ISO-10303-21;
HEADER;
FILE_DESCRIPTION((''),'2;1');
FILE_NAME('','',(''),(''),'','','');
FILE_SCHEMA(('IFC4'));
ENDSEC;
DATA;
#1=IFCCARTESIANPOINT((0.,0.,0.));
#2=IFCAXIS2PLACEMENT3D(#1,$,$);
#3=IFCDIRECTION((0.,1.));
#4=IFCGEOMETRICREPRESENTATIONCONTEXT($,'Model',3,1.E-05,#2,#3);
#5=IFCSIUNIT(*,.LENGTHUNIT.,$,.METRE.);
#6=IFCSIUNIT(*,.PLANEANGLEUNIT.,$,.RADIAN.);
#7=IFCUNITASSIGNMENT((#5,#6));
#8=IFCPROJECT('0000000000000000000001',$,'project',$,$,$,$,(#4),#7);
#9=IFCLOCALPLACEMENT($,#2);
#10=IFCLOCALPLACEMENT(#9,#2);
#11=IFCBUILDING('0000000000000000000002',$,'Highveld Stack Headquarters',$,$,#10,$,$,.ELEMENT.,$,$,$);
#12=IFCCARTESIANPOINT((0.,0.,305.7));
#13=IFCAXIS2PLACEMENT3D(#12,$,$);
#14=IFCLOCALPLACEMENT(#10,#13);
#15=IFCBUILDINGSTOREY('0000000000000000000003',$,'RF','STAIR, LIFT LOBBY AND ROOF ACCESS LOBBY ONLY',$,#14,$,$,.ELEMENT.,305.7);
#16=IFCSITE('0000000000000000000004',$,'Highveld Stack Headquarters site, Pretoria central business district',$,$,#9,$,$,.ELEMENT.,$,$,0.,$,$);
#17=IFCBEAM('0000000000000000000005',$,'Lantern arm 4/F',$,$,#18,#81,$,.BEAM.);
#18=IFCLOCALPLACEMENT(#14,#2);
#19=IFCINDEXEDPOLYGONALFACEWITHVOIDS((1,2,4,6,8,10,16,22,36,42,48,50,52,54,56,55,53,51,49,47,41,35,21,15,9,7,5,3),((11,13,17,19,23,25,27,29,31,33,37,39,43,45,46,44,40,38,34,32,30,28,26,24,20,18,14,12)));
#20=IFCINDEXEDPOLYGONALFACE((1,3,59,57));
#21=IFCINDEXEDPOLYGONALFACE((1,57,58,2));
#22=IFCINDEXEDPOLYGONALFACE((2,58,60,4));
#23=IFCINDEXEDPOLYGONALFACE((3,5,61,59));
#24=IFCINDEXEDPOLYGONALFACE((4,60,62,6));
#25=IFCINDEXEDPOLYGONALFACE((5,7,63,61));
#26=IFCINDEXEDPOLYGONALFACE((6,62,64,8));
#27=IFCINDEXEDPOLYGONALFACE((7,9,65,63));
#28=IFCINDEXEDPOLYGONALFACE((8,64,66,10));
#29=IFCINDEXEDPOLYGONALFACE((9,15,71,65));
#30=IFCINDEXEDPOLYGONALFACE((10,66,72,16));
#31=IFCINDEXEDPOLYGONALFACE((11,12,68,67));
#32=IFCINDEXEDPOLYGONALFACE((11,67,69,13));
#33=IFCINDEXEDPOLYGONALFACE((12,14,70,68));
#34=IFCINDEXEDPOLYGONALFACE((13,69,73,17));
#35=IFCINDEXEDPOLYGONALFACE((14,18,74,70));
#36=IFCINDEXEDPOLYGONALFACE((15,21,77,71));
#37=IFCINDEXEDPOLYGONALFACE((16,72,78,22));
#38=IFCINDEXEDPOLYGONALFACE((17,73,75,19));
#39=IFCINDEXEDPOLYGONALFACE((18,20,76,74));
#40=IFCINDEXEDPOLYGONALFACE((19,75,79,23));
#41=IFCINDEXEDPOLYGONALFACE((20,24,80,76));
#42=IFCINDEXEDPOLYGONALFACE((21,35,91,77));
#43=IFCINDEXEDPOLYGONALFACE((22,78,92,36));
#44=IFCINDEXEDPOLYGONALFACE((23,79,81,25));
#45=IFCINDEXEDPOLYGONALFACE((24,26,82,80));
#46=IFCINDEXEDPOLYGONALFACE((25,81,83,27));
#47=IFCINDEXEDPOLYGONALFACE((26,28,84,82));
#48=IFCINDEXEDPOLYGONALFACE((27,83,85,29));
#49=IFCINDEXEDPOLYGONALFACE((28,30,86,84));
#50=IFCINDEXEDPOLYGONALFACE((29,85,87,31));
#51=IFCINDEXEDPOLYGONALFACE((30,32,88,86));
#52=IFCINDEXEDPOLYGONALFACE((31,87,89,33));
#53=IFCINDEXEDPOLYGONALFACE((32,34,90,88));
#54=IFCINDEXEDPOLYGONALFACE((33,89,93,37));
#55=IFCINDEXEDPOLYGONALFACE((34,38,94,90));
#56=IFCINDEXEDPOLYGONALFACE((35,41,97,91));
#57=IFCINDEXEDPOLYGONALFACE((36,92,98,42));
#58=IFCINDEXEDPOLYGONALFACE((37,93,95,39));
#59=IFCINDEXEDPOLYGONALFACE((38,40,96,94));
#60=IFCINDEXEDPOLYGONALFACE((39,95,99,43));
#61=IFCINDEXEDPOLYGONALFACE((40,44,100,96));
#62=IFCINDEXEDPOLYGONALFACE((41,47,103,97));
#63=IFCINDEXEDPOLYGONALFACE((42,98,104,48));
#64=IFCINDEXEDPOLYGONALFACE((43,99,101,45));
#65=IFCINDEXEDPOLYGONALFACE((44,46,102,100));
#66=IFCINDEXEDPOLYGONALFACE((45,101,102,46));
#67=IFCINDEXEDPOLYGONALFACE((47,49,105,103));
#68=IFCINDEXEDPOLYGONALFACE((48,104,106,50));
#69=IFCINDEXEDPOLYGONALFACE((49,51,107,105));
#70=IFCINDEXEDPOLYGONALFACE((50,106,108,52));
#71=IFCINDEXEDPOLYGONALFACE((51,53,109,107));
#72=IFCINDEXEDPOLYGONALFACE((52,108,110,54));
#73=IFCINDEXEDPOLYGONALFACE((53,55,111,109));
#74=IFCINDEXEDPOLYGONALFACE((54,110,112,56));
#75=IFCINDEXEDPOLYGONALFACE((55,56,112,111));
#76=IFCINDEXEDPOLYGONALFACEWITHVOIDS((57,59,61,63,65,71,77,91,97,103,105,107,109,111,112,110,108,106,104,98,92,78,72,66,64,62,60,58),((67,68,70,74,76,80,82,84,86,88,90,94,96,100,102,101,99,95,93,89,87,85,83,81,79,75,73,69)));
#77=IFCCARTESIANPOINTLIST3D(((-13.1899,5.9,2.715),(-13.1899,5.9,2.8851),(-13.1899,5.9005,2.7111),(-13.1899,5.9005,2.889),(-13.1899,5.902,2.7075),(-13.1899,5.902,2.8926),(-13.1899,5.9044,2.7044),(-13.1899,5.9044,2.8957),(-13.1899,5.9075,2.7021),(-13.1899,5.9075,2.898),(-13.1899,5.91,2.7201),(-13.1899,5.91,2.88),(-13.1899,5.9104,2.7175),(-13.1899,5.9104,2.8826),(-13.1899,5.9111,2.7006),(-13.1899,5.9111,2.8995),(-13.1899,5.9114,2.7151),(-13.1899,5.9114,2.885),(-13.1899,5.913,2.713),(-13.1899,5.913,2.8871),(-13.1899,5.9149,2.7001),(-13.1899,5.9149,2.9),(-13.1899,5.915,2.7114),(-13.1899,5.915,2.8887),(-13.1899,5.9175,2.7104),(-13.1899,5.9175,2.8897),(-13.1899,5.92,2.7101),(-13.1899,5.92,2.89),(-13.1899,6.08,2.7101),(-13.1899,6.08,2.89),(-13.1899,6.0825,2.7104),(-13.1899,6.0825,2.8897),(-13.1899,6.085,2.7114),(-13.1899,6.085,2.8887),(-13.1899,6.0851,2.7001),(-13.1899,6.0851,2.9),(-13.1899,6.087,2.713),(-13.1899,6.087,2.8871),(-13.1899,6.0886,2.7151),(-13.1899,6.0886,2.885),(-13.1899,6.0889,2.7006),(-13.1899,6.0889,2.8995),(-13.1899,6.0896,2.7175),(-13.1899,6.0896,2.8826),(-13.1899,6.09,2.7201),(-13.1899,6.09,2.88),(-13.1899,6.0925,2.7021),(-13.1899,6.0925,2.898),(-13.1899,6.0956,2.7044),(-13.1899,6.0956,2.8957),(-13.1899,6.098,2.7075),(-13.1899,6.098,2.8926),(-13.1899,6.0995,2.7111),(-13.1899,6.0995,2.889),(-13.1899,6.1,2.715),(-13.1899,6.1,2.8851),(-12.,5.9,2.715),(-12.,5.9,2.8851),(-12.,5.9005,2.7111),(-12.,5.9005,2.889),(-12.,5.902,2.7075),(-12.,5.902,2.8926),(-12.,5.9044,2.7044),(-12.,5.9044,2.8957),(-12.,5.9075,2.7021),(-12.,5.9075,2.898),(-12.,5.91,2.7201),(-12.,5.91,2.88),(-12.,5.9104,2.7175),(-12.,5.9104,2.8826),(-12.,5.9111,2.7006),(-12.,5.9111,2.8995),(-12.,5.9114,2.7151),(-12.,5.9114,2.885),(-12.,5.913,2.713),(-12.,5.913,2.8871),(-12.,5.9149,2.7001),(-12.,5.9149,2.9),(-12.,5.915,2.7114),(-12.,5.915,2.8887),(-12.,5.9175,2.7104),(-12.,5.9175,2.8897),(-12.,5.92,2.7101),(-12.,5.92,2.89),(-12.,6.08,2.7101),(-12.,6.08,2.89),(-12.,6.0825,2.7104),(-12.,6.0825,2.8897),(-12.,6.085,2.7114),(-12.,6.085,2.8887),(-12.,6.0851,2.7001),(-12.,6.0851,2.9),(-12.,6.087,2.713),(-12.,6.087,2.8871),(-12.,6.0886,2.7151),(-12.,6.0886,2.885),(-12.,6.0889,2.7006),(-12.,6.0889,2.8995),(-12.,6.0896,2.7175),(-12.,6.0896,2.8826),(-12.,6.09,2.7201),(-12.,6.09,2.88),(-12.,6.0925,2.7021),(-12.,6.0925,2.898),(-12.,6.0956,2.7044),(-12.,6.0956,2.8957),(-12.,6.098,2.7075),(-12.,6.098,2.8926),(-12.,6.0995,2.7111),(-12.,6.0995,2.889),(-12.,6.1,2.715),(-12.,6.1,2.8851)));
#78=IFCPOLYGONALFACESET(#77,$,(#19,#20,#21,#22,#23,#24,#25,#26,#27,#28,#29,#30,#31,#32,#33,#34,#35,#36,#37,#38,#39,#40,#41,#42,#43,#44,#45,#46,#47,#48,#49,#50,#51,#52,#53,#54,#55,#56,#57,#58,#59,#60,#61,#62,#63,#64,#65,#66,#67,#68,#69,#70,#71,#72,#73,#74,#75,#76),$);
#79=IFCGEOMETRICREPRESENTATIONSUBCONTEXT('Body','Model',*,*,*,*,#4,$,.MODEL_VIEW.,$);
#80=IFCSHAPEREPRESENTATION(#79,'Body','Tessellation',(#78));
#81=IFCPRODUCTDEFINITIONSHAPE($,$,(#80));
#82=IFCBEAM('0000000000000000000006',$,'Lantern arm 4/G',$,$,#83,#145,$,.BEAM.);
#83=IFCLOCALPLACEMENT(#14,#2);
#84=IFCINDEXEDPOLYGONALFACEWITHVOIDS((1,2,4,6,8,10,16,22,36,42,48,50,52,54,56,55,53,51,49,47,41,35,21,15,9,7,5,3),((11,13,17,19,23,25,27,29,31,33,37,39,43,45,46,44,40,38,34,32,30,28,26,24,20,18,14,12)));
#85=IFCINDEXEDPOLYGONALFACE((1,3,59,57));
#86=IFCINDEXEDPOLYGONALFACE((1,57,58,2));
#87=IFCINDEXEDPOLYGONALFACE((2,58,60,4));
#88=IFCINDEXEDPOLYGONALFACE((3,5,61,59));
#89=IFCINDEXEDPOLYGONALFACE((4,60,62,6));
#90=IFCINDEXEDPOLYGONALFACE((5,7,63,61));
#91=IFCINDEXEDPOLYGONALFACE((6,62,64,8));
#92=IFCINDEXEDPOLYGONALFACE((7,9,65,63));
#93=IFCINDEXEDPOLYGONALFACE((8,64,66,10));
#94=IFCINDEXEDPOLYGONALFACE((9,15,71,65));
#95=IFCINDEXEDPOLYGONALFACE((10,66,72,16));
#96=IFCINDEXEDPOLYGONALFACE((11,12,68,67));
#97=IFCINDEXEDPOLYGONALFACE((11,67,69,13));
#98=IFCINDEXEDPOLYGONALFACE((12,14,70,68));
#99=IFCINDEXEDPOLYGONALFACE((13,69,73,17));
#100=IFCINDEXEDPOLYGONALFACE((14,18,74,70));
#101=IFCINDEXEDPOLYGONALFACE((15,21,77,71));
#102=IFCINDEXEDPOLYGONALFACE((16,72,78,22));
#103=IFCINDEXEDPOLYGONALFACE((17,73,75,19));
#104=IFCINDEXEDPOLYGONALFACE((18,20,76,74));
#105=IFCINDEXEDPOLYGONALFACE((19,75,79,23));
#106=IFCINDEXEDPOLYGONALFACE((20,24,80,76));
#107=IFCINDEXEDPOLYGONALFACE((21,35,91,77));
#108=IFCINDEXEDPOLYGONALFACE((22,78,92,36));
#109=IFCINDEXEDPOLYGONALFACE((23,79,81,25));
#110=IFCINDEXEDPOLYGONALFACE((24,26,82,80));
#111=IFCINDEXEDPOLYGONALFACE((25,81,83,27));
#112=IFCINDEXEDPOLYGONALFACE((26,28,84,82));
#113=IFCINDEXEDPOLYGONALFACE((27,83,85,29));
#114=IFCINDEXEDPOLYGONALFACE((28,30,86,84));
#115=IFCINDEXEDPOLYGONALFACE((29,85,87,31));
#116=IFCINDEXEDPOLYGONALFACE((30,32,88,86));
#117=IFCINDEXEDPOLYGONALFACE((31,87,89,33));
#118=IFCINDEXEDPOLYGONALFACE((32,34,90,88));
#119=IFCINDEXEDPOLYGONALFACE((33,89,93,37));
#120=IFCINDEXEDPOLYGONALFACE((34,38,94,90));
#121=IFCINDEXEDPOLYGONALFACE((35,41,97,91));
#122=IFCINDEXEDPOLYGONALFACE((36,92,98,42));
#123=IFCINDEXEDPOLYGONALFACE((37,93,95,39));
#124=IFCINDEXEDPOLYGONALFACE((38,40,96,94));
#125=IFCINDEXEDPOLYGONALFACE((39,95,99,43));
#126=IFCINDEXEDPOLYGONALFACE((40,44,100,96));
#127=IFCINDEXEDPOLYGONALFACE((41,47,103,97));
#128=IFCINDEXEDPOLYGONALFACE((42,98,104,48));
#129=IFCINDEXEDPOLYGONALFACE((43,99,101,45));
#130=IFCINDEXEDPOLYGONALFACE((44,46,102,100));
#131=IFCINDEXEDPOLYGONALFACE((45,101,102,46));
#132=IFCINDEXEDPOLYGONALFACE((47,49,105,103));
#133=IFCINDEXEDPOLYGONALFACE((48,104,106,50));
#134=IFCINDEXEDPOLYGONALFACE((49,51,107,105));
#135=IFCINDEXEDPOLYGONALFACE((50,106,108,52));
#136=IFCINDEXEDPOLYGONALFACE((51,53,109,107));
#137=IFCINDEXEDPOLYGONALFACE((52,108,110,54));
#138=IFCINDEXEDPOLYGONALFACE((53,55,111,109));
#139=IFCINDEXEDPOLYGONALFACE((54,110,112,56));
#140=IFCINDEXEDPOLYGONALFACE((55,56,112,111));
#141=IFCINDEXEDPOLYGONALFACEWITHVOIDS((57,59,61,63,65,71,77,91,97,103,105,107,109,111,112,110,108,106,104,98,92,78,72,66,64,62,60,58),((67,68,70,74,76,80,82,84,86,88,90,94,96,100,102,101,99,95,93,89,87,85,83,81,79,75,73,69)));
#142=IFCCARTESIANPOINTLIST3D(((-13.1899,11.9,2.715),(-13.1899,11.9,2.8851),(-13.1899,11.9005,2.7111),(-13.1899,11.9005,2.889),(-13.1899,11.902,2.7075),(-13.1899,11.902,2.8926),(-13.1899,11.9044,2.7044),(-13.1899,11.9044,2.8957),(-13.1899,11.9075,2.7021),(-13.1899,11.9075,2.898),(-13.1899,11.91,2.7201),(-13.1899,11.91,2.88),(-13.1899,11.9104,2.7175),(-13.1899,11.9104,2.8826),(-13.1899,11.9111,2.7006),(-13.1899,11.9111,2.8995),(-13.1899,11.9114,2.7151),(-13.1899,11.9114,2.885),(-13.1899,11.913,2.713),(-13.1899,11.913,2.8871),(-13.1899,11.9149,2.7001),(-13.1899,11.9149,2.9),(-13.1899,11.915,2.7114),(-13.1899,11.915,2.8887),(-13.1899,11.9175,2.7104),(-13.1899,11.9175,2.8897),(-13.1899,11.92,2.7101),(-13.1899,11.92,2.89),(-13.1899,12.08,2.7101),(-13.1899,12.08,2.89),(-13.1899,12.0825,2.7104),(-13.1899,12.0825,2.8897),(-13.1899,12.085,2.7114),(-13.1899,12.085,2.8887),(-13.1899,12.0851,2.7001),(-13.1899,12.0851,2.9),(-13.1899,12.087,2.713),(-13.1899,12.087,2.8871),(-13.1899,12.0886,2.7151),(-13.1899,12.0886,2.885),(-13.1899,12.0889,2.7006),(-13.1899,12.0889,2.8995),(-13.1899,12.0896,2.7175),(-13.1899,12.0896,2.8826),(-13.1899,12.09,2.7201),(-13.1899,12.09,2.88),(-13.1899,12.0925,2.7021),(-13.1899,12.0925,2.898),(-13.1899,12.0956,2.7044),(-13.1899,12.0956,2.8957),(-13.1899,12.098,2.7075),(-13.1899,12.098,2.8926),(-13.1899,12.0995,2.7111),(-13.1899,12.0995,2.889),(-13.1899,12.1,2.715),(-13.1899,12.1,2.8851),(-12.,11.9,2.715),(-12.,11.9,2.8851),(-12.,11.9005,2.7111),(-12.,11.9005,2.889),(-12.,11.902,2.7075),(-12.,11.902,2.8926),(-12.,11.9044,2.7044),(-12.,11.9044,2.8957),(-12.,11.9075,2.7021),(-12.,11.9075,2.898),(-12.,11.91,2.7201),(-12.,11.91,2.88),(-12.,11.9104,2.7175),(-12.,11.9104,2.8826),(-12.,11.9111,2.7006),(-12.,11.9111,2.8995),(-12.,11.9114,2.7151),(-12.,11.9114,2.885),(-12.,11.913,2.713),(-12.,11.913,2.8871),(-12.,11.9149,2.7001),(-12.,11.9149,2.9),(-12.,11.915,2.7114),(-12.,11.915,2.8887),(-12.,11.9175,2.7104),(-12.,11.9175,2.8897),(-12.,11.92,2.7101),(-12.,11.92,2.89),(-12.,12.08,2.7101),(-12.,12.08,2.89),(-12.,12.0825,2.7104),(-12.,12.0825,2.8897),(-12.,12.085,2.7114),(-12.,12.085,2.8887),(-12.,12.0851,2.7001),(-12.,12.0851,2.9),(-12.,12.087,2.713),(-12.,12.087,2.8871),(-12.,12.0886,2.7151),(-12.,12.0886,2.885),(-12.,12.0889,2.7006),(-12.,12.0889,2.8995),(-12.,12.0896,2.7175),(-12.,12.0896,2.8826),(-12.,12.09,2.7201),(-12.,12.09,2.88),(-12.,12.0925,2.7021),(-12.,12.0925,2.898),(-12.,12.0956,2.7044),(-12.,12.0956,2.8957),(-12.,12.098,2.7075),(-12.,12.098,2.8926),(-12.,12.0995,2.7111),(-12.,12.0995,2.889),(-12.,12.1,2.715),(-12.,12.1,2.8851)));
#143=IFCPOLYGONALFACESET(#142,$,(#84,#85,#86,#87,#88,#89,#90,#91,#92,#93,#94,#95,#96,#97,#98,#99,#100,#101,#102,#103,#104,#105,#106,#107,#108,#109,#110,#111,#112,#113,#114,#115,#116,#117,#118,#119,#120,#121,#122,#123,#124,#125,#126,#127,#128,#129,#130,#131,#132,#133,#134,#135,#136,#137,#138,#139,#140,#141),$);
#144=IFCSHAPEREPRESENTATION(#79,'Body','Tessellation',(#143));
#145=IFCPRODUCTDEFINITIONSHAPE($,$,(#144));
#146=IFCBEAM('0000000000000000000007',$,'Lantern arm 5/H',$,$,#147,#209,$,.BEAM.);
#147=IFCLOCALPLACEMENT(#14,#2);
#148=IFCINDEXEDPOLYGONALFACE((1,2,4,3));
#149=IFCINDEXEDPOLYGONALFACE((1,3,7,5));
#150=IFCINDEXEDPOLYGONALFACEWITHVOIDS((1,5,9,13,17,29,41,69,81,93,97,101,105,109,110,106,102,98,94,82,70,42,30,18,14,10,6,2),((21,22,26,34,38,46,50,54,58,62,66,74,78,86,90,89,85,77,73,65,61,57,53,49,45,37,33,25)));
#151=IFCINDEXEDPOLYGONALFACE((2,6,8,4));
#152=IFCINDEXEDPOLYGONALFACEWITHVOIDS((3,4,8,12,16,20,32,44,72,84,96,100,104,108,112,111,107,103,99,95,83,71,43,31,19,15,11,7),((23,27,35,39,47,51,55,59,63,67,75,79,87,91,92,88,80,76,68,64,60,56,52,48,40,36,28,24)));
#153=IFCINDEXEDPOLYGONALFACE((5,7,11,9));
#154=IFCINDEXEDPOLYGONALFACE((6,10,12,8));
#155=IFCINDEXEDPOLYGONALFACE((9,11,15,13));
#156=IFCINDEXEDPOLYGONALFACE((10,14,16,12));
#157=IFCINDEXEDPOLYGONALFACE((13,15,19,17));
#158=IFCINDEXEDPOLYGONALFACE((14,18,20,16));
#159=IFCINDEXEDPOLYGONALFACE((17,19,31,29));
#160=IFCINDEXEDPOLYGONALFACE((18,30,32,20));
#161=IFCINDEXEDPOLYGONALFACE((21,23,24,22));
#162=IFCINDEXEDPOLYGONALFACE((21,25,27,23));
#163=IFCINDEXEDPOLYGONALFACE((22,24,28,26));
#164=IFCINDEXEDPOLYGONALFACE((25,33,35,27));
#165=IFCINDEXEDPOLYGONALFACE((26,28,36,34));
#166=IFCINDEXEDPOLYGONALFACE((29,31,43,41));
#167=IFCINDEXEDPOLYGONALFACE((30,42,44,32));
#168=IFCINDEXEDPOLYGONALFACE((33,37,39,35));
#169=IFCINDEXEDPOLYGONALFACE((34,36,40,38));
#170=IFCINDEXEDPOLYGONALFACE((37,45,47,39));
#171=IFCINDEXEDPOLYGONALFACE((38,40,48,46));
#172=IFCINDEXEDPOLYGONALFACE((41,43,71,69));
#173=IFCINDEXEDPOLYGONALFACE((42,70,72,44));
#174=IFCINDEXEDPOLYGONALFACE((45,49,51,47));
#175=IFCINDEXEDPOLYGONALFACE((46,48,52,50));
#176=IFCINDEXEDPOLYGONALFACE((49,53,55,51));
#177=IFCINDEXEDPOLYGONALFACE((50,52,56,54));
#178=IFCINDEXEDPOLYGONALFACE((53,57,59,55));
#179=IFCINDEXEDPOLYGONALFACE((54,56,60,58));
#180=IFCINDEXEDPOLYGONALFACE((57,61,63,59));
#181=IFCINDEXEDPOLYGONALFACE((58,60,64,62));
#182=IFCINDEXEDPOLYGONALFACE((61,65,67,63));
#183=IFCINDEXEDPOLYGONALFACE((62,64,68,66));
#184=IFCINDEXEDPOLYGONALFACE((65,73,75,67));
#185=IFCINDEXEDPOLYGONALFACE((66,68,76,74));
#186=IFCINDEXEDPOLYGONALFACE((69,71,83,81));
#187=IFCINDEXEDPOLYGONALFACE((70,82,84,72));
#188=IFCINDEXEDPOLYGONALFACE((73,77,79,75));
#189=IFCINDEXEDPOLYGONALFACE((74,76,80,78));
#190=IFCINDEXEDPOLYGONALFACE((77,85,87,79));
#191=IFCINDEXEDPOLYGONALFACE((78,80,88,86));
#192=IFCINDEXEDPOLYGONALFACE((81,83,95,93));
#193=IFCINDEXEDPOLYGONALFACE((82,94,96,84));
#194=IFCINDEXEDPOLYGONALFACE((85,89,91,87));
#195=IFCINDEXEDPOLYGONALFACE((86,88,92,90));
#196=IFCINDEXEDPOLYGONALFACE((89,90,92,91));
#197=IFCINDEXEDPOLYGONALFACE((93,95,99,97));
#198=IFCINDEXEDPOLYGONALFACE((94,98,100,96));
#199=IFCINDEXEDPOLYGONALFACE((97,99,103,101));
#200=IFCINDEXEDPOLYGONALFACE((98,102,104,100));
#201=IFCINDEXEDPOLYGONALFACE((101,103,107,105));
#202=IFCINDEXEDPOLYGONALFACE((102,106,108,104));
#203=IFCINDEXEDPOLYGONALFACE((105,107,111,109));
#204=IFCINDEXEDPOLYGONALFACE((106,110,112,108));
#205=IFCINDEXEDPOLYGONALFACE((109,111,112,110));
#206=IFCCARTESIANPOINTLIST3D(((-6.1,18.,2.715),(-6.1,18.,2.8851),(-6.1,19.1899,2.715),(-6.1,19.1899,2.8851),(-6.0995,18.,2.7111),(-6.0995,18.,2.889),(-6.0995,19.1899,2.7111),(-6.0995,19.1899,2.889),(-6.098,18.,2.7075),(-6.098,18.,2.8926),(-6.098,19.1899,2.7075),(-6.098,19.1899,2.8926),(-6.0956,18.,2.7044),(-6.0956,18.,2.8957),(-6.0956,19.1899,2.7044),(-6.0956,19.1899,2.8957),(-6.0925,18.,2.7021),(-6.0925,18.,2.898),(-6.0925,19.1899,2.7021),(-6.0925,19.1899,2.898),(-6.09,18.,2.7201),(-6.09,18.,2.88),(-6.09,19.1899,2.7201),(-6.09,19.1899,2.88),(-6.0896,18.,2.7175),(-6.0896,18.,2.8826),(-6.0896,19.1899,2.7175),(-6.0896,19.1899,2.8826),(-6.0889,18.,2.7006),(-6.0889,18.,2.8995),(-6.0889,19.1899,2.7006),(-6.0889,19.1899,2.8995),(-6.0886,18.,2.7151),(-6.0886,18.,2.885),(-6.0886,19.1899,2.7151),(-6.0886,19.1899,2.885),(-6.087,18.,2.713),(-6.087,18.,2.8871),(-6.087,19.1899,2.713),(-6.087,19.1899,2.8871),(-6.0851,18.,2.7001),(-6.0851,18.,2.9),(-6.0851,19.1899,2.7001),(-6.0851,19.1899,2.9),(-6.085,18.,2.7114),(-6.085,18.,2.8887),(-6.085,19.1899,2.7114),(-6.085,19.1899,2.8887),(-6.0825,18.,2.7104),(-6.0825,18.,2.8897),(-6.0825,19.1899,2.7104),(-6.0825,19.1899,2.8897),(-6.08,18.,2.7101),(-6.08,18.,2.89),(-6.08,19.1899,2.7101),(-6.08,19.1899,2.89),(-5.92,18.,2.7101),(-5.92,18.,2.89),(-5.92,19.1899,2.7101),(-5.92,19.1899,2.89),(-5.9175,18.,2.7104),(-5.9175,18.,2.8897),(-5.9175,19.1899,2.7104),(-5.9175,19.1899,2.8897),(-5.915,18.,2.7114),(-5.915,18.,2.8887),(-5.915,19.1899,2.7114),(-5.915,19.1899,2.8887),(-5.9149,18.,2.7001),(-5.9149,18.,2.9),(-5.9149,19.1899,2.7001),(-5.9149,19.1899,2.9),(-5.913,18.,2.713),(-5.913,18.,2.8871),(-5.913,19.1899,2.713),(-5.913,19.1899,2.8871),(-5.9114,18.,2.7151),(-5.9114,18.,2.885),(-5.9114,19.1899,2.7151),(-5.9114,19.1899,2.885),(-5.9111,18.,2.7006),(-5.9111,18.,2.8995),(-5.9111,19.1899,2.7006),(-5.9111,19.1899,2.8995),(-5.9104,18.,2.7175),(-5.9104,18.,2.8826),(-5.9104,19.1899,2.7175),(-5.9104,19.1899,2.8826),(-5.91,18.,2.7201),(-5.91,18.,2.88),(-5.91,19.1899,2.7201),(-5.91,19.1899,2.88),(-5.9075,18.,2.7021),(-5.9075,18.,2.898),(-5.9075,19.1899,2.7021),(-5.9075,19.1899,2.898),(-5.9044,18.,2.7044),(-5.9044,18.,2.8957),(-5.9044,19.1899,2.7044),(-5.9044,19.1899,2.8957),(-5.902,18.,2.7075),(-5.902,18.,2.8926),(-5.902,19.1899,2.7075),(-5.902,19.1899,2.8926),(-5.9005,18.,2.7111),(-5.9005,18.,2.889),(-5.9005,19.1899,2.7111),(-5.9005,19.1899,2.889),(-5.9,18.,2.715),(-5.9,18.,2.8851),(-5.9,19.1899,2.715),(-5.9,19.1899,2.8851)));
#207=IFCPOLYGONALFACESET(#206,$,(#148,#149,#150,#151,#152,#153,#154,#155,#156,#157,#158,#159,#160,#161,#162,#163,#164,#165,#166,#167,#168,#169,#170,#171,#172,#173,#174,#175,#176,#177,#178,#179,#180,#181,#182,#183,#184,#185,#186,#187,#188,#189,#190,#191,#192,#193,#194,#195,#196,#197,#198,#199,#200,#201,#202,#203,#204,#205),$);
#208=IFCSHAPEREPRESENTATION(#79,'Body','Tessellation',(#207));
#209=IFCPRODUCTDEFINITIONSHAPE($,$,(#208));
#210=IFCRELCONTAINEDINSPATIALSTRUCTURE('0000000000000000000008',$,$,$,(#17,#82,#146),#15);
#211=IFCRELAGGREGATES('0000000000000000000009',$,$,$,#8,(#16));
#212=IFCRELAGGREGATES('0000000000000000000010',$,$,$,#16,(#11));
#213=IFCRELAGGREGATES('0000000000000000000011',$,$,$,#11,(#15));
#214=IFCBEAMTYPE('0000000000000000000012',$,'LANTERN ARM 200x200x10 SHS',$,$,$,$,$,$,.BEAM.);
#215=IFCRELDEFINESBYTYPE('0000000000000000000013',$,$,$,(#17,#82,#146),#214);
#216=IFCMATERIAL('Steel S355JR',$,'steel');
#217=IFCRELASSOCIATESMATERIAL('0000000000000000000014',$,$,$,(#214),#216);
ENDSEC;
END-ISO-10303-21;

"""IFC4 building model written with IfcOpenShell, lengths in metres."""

from ifc_helpers import new_model, si_unit, direction, frame, origin, origin_2d, place, context, subcontext, project, spatial, hollow_rectangle, extrude, material, material_profile, profile_set, type_object, element, save


model = new_model("IFC4")

# Units and contexts
model_context = context("Model", 3, precision=1e-05, world=origin(), true_north=direction((0.0, 1.0)))
body_context = subcontext(model_context, "Body", "Model", "MODEL_VIEW")
ifc_project = project(units=[si_unit("LENGTHUNIT", "METRE"), si_unit("PLANEANGLEUNIT", "RADIAN")], contexts=[model_context])

# Site, building, storey
site_placement = place(None, origin())
site = spatial("IfcSite", under=ifc_project, at=site_placement, Name="Highveld Stack Headquarters site, Pretoria central business district", CompositionType="ELEMENT", RefElevation=0.0)
building_placement = place(site_placement, origin())
building = spatial("IfcBuilding", under=site, at=building_placement, Name="Highveld Stack Headquarters", CompositionType="ELEMENT")
storey_placement = place(building_placement, frame((0.0, 0.0, 305.7)))
storey = spatial("IfcBuildingStorey", under=building, at=storey_placement, Name="RF", Description="STAIR, LIFT LOBBY AND ROOF ACCESS LOBBY ONLY", CompositionType="ELEMENT", Elevation=305.7)

# Beams
ifc_material_1 = material(Name="Steel S355JR", Category="steel")
ifc_material_profile_1 = material_profile(ifc_material_1, hollow_rectangle(XDim=0.2, YDim=0.2, WallThickness=0.01, InnerFilletRadius=0.01, OuterFilletRadius=0.0149, at=origin_2d()), Name="200x200x10 SHS")
ifc_profile_set_1 = profile_set([ifc_material_profile_1], Name="Steel S355JR")
beam_type_1 = type_object("IfcBeamType", Name="LANTERN ARM 200x200x10 SHS", PredefinedType="BEAM", material=ifc_profile_set_1)
for number, where, z_axis, x_axis, name in (
    (1, (-12.0, 6.0, 2.8), (-1.0, 0.0, 0.0), (0.0, -1.0, 0.0), "Lantern arm 4/F"),
    (2, (-12.0, 12.0, 2.8), (-1.0, 0.0, 0.0), (0.0, -1.0, 0.0), "Lantern arm 4/G"),
    (3, (-6.0, 18.0, 2.8), (0.0, 1.0, 0.0), (-1.0, 0.0, 0.0), "Lantern arm 5/H"),
):
    element("IfcBeam", number, at=place(storey_placement, frame(where, z_axis=z_axis, x_axis=x_axis)), inside=storey, type_object=beam_type_1, Name=name, PredefinedType="BEAM", context=body_context, shape_type="SweptSolid", body=[
        extrude(hollow_rectangle(XDim=0.2, YDim=0.2, WallThickness=0.01, InnerFilletRadius=0.01, OuterFilletRadius=0.0149, at=origin_2d()), origin(), (0.0, 0.0, 1.0), 1.1899),
    ])

save(model, "model.ifc")
